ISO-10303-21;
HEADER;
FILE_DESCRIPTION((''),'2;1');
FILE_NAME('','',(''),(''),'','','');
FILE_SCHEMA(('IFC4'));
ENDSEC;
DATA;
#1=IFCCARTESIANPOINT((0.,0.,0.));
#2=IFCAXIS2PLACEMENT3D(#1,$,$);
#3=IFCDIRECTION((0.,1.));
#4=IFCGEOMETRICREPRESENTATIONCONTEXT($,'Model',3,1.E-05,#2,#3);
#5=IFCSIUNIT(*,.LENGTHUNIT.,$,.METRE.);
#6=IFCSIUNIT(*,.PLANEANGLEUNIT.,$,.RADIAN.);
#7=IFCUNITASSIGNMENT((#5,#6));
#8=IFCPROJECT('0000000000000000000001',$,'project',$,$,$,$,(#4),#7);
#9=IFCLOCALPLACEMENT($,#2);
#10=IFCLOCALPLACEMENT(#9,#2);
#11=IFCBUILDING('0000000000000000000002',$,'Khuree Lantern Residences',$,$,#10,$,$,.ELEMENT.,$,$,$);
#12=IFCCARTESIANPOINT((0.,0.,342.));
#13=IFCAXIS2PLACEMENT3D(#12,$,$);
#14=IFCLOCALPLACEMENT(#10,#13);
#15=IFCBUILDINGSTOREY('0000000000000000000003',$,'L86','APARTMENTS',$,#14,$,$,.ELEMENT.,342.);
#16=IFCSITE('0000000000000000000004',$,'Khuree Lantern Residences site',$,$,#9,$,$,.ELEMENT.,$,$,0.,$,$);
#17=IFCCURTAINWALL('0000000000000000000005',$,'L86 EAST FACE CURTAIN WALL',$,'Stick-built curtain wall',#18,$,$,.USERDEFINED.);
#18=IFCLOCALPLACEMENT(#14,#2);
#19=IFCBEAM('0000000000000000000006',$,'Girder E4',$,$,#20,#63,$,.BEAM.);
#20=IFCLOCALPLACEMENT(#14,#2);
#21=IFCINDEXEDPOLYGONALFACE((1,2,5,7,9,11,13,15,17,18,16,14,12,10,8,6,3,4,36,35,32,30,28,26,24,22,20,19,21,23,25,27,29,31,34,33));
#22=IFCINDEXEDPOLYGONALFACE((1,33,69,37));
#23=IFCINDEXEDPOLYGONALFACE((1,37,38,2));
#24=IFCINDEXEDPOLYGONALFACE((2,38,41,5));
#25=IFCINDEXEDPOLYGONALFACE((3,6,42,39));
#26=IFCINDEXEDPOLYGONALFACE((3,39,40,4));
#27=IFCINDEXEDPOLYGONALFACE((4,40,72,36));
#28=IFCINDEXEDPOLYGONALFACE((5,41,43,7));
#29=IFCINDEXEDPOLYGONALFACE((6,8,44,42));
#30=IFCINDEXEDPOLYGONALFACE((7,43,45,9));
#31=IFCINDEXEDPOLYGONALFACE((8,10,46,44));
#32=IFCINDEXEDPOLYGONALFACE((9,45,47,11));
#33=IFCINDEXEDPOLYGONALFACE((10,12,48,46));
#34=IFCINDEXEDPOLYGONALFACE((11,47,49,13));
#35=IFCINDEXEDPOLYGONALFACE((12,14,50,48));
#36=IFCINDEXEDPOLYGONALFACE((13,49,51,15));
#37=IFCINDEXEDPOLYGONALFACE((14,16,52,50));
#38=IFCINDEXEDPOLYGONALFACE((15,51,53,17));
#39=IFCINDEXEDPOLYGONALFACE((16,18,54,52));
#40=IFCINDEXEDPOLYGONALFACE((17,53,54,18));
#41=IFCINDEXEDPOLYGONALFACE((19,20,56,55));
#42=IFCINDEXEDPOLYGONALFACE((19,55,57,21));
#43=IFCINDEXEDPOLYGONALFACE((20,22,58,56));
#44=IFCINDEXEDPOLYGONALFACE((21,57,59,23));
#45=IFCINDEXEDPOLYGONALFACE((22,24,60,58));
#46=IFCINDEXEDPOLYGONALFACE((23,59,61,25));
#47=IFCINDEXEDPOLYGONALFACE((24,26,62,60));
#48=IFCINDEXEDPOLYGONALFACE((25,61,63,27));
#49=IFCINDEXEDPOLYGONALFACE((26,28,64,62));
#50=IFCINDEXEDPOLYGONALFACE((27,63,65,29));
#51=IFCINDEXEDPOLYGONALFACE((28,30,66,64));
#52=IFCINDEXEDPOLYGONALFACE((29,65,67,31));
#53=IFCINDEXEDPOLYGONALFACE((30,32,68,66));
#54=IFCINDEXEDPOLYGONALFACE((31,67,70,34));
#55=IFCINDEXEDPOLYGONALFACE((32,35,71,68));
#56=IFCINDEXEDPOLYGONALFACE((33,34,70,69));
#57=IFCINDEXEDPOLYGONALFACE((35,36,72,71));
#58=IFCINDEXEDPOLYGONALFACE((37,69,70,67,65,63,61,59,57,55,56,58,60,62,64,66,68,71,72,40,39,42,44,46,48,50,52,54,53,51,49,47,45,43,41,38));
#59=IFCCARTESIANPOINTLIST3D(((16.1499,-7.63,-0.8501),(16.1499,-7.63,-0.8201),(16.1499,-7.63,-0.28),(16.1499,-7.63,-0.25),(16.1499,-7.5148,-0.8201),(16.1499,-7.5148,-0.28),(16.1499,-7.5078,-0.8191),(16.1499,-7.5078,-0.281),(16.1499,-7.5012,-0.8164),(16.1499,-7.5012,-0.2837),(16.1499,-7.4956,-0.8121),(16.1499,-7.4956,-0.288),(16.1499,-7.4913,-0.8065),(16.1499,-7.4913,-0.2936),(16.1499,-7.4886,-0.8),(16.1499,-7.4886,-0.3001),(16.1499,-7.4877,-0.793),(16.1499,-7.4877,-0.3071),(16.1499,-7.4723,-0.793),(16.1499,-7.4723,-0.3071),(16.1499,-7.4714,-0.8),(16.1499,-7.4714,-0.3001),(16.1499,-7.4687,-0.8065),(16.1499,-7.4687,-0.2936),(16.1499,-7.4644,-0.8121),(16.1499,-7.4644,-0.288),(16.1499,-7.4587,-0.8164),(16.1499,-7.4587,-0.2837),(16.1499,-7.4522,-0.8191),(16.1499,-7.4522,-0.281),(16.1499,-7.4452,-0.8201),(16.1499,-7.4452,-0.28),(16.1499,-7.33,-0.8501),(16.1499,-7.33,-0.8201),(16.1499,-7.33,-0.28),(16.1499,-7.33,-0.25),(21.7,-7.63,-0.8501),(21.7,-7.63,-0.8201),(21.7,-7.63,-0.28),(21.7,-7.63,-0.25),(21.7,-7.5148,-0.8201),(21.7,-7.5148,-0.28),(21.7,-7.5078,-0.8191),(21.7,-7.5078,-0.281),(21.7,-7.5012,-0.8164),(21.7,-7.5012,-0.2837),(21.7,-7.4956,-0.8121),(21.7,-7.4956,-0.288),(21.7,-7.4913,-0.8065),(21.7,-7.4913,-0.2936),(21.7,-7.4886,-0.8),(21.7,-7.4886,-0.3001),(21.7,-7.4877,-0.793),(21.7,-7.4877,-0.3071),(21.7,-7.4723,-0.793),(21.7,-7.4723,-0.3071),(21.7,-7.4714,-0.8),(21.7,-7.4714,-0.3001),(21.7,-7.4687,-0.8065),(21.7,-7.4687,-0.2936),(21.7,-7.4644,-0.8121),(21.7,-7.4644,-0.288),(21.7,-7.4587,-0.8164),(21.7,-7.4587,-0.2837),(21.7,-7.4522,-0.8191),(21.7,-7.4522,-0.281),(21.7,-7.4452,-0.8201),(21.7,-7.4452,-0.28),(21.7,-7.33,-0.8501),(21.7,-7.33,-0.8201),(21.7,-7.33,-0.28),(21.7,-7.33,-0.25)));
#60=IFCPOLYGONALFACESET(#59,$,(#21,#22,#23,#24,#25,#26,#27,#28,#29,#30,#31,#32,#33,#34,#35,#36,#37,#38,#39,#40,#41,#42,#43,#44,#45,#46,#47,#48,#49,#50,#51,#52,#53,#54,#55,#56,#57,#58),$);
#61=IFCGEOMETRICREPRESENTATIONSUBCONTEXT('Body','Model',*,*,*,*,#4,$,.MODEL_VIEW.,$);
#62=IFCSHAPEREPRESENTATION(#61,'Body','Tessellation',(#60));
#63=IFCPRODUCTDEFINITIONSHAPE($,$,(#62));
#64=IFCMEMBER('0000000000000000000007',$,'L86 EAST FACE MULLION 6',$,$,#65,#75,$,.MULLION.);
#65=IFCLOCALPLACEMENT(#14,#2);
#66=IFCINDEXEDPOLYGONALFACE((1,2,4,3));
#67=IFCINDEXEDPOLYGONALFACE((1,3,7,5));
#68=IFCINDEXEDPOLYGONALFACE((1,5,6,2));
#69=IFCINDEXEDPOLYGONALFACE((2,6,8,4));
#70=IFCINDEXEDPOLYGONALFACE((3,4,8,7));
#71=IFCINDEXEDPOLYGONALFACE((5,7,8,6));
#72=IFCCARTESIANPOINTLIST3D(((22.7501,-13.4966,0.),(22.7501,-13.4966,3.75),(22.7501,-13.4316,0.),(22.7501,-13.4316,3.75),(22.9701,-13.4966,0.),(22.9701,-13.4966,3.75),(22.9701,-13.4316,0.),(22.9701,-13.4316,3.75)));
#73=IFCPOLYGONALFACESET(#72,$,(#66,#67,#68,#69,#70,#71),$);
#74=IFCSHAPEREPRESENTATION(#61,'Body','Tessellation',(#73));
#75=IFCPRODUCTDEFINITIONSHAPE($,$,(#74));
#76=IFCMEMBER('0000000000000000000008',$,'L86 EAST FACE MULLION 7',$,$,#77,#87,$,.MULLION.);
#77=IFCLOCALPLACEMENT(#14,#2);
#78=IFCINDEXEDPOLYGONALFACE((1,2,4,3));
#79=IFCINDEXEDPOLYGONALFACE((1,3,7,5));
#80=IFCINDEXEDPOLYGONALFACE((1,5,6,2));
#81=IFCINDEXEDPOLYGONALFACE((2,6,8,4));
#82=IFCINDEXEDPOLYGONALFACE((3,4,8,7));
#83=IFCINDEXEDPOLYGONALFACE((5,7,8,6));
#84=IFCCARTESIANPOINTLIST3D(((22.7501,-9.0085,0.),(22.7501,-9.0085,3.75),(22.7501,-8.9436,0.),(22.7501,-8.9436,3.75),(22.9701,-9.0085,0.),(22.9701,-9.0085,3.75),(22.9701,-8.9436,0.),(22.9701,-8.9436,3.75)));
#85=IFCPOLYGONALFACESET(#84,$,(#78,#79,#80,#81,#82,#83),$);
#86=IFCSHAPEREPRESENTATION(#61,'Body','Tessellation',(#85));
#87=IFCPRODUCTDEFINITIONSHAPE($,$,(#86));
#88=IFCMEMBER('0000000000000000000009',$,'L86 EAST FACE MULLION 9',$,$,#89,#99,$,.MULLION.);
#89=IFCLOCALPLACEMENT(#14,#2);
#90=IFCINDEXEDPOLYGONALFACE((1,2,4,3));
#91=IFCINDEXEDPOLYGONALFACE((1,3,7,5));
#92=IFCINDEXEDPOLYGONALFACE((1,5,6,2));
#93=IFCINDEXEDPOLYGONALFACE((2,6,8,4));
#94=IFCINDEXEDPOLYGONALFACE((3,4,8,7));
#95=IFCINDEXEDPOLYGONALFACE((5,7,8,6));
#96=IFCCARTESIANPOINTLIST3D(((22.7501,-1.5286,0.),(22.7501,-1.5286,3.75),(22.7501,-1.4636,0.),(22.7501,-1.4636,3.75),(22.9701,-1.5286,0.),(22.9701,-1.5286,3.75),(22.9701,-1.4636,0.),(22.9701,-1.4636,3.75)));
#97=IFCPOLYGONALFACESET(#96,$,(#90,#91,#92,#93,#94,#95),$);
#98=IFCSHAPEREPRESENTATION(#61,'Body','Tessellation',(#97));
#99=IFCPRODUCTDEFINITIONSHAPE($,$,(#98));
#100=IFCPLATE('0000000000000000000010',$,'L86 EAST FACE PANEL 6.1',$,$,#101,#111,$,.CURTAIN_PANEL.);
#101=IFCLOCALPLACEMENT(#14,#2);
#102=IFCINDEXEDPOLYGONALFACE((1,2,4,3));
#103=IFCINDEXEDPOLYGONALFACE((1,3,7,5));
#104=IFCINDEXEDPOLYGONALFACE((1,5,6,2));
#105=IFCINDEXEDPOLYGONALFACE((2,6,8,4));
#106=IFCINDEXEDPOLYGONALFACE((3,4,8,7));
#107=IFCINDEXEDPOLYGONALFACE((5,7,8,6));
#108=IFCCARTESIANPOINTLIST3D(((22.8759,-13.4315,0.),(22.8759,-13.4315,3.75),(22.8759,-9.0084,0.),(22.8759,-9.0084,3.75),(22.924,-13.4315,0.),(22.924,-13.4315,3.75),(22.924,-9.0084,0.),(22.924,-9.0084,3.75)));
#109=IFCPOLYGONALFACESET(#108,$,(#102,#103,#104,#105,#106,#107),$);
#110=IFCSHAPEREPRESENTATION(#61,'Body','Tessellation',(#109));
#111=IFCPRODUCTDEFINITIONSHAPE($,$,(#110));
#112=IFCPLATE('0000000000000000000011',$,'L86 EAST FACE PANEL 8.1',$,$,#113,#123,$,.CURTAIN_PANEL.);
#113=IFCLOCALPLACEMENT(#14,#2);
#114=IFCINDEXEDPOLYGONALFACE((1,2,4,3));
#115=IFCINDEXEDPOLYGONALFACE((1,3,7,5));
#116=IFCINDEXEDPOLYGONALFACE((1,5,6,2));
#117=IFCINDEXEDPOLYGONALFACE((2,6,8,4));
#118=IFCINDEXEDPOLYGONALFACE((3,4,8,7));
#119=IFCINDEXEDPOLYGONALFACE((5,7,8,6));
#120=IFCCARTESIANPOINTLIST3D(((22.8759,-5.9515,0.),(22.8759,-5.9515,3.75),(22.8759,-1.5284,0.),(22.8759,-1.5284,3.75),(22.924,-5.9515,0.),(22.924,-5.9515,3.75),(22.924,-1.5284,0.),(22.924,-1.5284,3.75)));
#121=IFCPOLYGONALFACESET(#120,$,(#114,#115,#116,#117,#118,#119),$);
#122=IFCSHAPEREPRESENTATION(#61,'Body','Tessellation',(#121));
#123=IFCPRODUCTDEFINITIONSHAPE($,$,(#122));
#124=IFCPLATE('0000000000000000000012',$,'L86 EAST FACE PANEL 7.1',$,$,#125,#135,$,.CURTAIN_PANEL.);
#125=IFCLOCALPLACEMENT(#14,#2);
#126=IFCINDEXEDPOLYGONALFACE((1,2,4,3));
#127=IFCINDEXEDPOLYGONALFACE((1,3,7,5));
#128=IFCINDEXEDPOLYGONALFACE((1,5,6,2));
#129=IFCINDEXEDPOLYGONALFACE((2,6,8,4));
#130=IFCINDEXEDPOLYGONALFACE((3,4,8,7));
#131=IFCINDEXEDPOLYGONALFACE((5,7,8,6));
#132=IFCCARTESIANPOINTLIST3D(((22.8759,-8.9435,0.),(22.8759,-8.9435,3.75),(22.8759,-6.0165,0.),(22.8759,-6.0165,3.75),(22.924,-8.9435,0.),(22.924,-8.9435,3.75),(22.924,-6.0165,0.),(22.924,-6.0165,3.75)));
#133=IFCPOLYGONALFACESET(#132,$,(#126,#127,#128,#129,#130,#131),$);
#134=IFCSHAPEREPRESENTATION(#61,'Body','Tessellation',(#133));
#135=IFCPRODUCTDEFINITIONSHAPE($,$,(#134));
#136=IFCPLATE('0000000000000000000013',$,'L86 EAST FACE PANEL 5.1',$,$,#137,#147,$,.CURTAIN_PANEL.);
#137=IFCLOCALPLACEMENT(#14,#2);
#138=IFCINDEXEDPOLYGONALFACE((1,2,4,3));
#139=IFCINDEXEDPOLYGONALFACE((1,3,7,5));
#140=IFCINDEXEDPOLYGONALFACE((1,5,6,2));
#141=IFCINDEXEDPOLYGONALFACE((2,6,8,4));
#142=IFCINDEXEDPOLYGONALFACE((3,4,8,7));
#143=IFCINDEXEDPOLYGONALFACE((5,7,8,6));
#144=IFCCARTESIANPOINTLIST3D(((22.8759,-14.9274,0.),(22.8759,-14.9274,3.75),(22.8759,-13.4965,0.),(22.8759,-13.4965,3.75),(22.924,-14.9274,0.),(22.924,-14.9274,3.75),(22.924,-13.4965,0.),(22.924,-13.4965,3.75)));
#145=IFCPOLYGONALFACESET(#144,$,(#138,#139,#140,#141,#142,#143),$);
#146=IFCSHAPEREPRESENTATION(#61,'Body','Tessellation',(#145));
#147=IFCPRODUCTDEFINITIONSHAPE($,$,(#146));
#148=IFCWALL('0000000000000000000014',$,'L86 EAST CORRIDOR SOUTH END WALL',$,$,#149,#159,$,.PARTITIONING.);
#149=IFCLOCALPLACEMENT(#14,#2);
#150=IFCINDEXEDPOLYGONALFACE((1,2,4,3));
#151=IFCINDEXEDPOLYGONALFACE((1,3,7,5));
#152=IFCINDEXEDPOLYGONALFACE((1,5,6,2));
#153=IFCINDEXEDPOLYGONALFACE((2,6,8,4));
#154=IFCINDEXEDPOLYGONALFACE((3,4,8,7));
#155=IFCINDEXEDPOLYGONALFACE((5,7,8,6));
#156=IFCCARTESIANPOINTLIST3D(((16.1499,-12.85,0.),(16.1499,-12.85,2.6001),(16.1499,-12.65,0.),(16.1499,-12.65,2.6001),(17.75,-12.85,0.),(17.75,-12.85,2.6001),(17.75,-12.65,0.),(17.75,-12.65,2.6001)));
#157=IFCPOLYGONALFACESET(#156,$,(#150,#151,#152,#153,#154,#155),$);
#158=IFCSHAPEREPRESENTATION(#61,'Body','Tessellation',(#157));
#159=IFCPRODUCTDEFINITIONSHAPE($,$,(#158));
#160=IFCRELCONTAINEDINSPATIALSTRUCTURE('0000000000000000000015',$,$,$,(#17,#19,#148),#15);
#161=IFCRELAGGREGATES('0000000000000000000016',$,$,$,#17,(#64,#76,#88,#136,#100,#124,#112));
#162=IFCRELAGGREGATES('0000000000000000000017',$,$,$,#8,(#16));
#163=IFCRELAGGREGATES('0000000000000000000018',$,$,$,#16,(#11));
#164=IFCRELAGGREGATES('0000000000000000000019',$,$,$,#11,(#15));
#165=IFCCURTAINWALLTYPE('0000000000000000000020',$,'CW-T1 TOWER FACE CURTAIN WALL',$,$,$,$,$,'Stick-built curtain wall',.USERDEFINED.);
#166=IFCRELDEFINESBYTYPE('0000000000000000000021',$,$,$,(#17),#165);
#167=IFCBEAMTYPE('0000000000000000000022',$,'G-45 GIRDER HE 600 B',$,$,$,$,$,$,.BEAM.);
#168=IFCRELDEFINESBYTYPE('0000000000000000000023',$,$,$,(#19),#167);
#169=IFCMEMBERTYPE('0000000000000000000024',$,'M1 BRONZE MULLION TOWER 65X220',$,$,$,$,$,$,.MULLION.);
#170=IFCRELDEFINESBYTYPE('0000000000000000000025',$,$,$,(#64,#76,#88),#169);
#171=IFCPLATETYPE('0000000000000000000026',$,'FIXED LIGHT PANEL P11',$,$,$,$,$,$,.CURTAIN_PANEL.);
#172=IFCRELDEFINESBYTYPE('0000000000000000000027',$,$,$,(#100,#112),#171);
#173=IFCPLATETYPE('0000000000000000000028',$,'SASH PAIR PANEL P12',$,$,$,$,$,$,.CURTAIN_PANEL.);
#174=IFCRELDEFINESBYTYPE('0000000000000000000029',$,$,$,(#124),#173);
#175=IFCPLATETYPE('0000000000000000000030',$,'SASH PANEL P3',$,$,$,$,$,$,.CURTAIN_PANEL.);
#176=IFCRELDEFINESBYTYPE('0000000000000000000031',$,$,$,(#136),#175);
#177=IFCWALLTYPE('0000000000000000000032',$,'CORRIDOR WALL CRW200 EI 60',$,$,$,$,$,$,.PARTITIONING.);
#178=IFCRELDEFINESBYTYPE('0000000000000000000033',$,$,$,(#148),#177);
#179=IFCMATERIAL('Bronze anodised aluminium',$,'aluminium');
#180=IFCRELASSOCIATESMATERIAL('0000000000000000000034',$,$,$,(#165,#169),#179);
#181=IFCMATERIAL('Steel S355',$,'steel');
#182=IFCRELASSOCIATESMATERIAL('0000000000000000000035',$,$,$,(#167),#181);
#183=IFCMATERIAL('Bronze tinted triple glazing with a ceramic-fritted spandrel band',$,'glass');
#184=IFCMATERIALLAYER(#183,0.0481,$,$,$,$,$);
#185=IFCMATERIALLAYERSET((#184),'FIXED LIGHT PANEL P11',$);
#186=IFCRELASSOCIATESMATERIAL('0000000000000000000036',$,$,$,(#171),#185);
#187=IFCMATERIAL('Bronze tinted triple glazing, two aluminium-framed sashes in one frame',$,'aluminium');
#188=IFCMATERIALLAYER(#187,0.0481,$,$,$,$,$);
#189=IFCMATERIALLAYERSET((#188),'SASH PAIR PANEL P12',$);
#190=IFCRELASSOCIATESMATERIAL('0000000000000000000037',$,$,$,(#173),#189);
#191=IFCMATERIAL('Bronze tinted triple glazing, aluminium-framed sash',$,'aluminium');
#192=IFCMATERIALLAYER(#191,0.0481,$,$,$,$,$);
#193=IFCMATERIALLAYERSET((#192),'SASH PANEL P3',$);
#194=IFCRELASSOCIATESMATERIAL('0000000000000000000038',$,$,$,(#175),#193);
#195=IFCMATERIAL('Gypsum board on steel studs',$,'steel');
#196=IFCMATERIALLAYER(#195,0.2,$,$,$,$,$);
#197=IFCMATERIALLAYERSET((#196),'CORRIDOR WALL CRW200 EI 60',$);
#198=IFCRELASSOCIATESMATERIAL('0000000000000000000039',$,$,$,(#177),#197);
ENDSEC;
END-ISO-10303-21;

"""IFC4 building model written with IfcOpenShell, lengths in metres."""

from ifc_helpers import new_model, si_unit, direction, frame, frame_2d, origin, origin_2d, place, context, subcontext, project, spatial, rectangle, i_section, extrude, material, layer, layer_set, material_profile, profile_set, type_object, element, aggregate, save


model = new_model("IFC4")

# Units and contexts
model_context = context("Model", 3, precision=1e-05, world=origin(), true_north=direction((0.0, 1.0)))
body_context = subcontext(model_context, "Body", "Model", "MODEL_VIEW")
ifc_project = project(units=[si_unit("LENGTHUNIT", "METRE"), si_unit("PLANEANGLEUNIT", "RADIAN")], contexts=[model_context])

# Site, building, storey
site_placement = place(None, origin())
site = spatial("IfcSite", under=ifc_project, at=site_placement, Name="Khuree Lantern Residences site", CompositionType="ELEMENT", RefElevation=0.0)
building_placement = place(site_placement, origin())
building = spatial("IfcBuilding", under=site, at=building_placement, Name="Khuree Lantern Residences", CompositionType="ELEMENT")
storey_placement = place(building_placement, frame((0.0, 0.0, 342.0)))
storey = spatial("IfcBuildingStorey", under=building, at=storey_placement, Name="L86", Description="APARTMENTS", CompositionType="ELEMENT", Elevation=342.0)

# Shared definitions
ifc_material_1 = material(Name="Steel S355", Category="steel")

# Curtain wall
ifc_material_2 = material(Name="Bronze anodised aluminium", Category="aluminium")
curtain_wall_type = type_object("IfcCurtainWallType", Name="CW-T1 TOWER FACE CURTAIN WALL", ElementType="Stick-built curtain wall", PredefinedType="USERDEFINED", material=ifc_material_2)
curtain_wall_placement = place(storey_placement, origin())
curtain_wall = element("IfcCurtainWall", 1, at=curtain_wall_placement, inside=storey, type_object=curtain_wall_type, Name="L86 EAST FACE CURTAIN WALL", ObjectType="Stick-built curtain wall", PredefinedType="USERDEFINED")

# Beam
ifc_material_profile_1 = material_profile(ifc_material_1, i_section(OverallWidth=0.3, OverallDepth=0.6001, WebThickness=0.0154, FlangeThickness=0.03, FilletRadius=0.0271, at=origin_2d()), Name="HE 600 B")
ifc_profile_set_1 = profile_set([ifc_material_profile_1], Name="Steel S355")
beam_type_1 = type_object("IfcBeamType", Name="G-45 GIRDER HE 600 B", PredefinedType="BEAM", material=ifc_profile_set_1)
beam_1_placement = place(storey_placement, frame((21.7, -7.48, -0.55), z_axis=(-1.0, 0.0, 0.0), x_axis=(0.0, -1.0, 0.0)))
element("IfcBeam", 2, at=beam_1_placement, inside=storey, type_object=beam_type_1, Name="Girder E4", PredefinedType="BEAM", context=body_context, shape_type="SweptSolid", body=[
    extrude(i_section(OverallWidth=0.3, OverallDepth=0.6001, WebThickness=0.0154, FlangeThickness=0.03, FilletRadius=0.0271, at=origin_2d()), origin(), (0.0, 0.0, 1.0), 5.55),
])

# Members
ifc_material_profile_2 = material_profile(ifc_material_2, rectangle(XDim=0.0649, YDim=0.22, at=origin_2d()), Name="M1 65X220")
ifc_profile_set_2 = profile_set([ifc_material_profile_2], Name="Bronze anodised aluminium")
member_type_1 = type_object("IfcMemberType", Name="M1 BRONZE MULLION TOWER 65X220", PredefinedType="MULLION", material=ifc_profile_set_2)
member_1_placement = place(storey_placement, frame((22.8601, -13.4641, 0.0), z_axis=(0.0, 0.0, 1.0), x_axis=(0.0, 1.0, 0.0)))
member_1 = element("IfcMember", 3, at=member_1_placement, type_object=member_type_1, Name="L86 EAST FACE MULLION 6", PredefinedType="MULLION", context=body_context, shape_type="SweptSolid", body=[
    extrude(rectangle(XDim=0.0649, YDim=0.22, at=origin_2d()), origin(), (0.0, 0.0, 1.0), 3.75),
])
member_2_placement = place(storey_placement, frame((22.8601, -8.9761, 0.0), z_axis=(0.0, 0.0, 1.0), x_axis=(0.0, 1.0, 0.0)))
member_2 = element("IfcMember", 4, at=member_2_placement, type_object=member_type_1, Name="L86 EAST FACE MULLION 7", PredefinedType="MULLION", context=body_context, shape_type="SweptSolid", body=[
    extrude(rectangle(XDim=0.0649, YDim=0.22, at=origin_2d()), origin(), (0.0, 0.0, 1.0), 3.75),
])
member_3_placement = place(storey_placement, frame((22.8601, -1.4961, 0.0), z_axis=(0.0, 0.0, 1.0), x_axis=(0.0, 1.0, 0.0)))
member_3 = element("IfcMember", 5, at=member_3_placement, type_object=member_type_1, Name="L86 EAST FACE MULLION 9", PredefinedType="MULLION", context=body_context, shape_type="SweptSolid", body=[
    extrude(rectangle(XDim=0.0649, YDim=0.22, at=origin_2d()), origin(), (0.0, 0.0, 1.0), 3.75),
])

# Plates
ifc_material_3 = material(Name="Bronze tinted triple glazing with a ceramic-fritted spandrel band", Category="glass")
ifc_layer_1 = layer(ifc_material_3, 0.0481)
ifc_layer_set_1 = layer_set([ifc_layer_1], Name="FIXED LIGHT PANEL P11")
plate_type_1 = type_object("IfcPlateType", Name="FIXED LIGHT PANEL P11", PredefinedType="CURTAIN_PANEL", material=ifc_layer_set_1)
plate_1_placement = place(storey_placement, frame((22.8999, -11.22, 0.0), z_axis=(0.0, 0.0, 1.0), x_axis=(0.0, 1.0, 0.0)))
plate_1 = element("IfcPlate", 6, at=plate_1_placement, type_object=plate_type_1, Name="L86 EAST FACE PANEL 6.1", PredefinedType="CURTAIN_PANEL", context=body_context, shape_type="SweptSolid", body=[
    extrude(rectangle(XDim=4.4231, YDim=0.0481, at=origin_2d()), origin(), (0.0, 0.0, 1.0), 3.75),
])
plate_2_placement = place(storey_placement, frame((22.8999, -3.74, 0.0), z_axis=(0.0, 0.0, 1.0), x_axis=(0.0, 1.0, 0.0)))
plate_2 = element("IfcPlate", 7, at=plate_2_placement, type_object=plate_type_1, Name="L86 EAST FACE PANEL 8.1", PredefinedType="CURTAIN_PANEL", context=body_context, shape_type="SweptSolid", body=[
    extrude(rectangle(XDim=4.4231, YDim=0.0481, at=origin_2d()), origin(), (0.0, 0.0, 1.0), 3.75),
])
ifc_material_4 = material(Name="Bronze tinted triple glazing, two aluminium-framed sashes in one frame", Category="aluminium")
ifc_layer_2 = layer(ifc_material_4, 0.0481)
ifc_layer_set_2 = layer_set([ifc_layer_2], Name="SASH PAIR PANEL P12")
plate_type_2 = type_object("IfcPlateType", Name="SASH PAIR PANEL P12", PredefinedType="CURTAIN_PANEL", material=ifc_layer_set_2)
plate_3_placement = place(storey_placement, frame((22.8999, -7.48, 0.0), z_axis=(0.0, 0.0, 1.0), x_axis=(0.0, 1.0, 0.0)))
plate_3 = element("IfcPlate", 8, at=plate_3_placement, type_object=plate_type_2, Name="L86 EAST FACE PANEL 7.1", PredefinedType="CURTAIN_PANEL", context=body_context, shape_type="SweptSolid", body=[
    extrude(rectangle(XDim=2.927, YDim=0.0481, at=origin_2d()), origin(), (0.0, 0.0, 1.0), 3.75),
])
ifc_material_5 = material(Name="Bronze tinted triple glazing, aluminium-framed sash", Category="aluminium")
ifc_layer_3 = layer(ifc_material_5, 0.0481)
ifc_layer_set_3 = layer_set([ifc_layer_3], Name="SASH PANEL P3")
plate_type_3 = type_object("IfcPlateType", Name="SASH PANEL P3", PredefinedType="CURTAIN_PANEL", material=ifc_layer_set_3)
plate_4_placement = place(storey_placement, frame((22.8999, -14.2119, 0.0), z_axis=(0.0, 0.0, 1.0), x_axis=(0.0, 1.0, 0.0)))
plate_4 = element("IfcPlate", 9, at=plate_4_placement, type_object=plate_type_3, Name="L86 EAST FACE PANEL 5.1", PredefinedType="CURTAIN_PANEL", context=body_context, shape_type="SweptSolid", body=[
    extrude(rectangle(XDim=1.4309, YDim=0.0481, at=origin_2d()), origin(), (0.0, 0.0, 1.0), 3.75),
])
aggregate(curtain_wall, [member_1, member_2, member_3, plate_4, plate_1, plate_3, plate_2])

# Wall
ifc_material_6 = material(Name="Gypsum board on steel studs", Category="steel")
ifc_layer_4 = layer(ifc_material_6, 0.2)
ifc_layer_set_4 = layer_set([ifc_layer_4], Name="CORRIDOR WALL CRW200 EI 60")
wall_type_1 = type_object("IfcWallType", Name="CORRIDOR WALL CRW200 EI 60", PredefinedType="PARTITIONING", material=ifc_layer_set_4)
wall_1_placement = place(storey_placement, frame((16.1499, -12.75, 0.0), z_axis=(0.0, 0.0, 1.0), x_axis=(1.0, 0.0, 0.0)))
element("IfcWall", 10, at=wall_1_placement, inside=storey, type_object=wall_type_1, Name="L86 EAST CORRIDOR SOUTH END WALL", PredefinedType="PARTITIONING", context=body_context, shape_type="SweptSolid", body=[
    extrude(rectangle(XDim=1.6001, YDim=0.2, at=frame_2d((0.8, 0.0))), origin(), (0.0, 0.0, 1.0), 2.6001),
])

save(model, "model.ifc")
